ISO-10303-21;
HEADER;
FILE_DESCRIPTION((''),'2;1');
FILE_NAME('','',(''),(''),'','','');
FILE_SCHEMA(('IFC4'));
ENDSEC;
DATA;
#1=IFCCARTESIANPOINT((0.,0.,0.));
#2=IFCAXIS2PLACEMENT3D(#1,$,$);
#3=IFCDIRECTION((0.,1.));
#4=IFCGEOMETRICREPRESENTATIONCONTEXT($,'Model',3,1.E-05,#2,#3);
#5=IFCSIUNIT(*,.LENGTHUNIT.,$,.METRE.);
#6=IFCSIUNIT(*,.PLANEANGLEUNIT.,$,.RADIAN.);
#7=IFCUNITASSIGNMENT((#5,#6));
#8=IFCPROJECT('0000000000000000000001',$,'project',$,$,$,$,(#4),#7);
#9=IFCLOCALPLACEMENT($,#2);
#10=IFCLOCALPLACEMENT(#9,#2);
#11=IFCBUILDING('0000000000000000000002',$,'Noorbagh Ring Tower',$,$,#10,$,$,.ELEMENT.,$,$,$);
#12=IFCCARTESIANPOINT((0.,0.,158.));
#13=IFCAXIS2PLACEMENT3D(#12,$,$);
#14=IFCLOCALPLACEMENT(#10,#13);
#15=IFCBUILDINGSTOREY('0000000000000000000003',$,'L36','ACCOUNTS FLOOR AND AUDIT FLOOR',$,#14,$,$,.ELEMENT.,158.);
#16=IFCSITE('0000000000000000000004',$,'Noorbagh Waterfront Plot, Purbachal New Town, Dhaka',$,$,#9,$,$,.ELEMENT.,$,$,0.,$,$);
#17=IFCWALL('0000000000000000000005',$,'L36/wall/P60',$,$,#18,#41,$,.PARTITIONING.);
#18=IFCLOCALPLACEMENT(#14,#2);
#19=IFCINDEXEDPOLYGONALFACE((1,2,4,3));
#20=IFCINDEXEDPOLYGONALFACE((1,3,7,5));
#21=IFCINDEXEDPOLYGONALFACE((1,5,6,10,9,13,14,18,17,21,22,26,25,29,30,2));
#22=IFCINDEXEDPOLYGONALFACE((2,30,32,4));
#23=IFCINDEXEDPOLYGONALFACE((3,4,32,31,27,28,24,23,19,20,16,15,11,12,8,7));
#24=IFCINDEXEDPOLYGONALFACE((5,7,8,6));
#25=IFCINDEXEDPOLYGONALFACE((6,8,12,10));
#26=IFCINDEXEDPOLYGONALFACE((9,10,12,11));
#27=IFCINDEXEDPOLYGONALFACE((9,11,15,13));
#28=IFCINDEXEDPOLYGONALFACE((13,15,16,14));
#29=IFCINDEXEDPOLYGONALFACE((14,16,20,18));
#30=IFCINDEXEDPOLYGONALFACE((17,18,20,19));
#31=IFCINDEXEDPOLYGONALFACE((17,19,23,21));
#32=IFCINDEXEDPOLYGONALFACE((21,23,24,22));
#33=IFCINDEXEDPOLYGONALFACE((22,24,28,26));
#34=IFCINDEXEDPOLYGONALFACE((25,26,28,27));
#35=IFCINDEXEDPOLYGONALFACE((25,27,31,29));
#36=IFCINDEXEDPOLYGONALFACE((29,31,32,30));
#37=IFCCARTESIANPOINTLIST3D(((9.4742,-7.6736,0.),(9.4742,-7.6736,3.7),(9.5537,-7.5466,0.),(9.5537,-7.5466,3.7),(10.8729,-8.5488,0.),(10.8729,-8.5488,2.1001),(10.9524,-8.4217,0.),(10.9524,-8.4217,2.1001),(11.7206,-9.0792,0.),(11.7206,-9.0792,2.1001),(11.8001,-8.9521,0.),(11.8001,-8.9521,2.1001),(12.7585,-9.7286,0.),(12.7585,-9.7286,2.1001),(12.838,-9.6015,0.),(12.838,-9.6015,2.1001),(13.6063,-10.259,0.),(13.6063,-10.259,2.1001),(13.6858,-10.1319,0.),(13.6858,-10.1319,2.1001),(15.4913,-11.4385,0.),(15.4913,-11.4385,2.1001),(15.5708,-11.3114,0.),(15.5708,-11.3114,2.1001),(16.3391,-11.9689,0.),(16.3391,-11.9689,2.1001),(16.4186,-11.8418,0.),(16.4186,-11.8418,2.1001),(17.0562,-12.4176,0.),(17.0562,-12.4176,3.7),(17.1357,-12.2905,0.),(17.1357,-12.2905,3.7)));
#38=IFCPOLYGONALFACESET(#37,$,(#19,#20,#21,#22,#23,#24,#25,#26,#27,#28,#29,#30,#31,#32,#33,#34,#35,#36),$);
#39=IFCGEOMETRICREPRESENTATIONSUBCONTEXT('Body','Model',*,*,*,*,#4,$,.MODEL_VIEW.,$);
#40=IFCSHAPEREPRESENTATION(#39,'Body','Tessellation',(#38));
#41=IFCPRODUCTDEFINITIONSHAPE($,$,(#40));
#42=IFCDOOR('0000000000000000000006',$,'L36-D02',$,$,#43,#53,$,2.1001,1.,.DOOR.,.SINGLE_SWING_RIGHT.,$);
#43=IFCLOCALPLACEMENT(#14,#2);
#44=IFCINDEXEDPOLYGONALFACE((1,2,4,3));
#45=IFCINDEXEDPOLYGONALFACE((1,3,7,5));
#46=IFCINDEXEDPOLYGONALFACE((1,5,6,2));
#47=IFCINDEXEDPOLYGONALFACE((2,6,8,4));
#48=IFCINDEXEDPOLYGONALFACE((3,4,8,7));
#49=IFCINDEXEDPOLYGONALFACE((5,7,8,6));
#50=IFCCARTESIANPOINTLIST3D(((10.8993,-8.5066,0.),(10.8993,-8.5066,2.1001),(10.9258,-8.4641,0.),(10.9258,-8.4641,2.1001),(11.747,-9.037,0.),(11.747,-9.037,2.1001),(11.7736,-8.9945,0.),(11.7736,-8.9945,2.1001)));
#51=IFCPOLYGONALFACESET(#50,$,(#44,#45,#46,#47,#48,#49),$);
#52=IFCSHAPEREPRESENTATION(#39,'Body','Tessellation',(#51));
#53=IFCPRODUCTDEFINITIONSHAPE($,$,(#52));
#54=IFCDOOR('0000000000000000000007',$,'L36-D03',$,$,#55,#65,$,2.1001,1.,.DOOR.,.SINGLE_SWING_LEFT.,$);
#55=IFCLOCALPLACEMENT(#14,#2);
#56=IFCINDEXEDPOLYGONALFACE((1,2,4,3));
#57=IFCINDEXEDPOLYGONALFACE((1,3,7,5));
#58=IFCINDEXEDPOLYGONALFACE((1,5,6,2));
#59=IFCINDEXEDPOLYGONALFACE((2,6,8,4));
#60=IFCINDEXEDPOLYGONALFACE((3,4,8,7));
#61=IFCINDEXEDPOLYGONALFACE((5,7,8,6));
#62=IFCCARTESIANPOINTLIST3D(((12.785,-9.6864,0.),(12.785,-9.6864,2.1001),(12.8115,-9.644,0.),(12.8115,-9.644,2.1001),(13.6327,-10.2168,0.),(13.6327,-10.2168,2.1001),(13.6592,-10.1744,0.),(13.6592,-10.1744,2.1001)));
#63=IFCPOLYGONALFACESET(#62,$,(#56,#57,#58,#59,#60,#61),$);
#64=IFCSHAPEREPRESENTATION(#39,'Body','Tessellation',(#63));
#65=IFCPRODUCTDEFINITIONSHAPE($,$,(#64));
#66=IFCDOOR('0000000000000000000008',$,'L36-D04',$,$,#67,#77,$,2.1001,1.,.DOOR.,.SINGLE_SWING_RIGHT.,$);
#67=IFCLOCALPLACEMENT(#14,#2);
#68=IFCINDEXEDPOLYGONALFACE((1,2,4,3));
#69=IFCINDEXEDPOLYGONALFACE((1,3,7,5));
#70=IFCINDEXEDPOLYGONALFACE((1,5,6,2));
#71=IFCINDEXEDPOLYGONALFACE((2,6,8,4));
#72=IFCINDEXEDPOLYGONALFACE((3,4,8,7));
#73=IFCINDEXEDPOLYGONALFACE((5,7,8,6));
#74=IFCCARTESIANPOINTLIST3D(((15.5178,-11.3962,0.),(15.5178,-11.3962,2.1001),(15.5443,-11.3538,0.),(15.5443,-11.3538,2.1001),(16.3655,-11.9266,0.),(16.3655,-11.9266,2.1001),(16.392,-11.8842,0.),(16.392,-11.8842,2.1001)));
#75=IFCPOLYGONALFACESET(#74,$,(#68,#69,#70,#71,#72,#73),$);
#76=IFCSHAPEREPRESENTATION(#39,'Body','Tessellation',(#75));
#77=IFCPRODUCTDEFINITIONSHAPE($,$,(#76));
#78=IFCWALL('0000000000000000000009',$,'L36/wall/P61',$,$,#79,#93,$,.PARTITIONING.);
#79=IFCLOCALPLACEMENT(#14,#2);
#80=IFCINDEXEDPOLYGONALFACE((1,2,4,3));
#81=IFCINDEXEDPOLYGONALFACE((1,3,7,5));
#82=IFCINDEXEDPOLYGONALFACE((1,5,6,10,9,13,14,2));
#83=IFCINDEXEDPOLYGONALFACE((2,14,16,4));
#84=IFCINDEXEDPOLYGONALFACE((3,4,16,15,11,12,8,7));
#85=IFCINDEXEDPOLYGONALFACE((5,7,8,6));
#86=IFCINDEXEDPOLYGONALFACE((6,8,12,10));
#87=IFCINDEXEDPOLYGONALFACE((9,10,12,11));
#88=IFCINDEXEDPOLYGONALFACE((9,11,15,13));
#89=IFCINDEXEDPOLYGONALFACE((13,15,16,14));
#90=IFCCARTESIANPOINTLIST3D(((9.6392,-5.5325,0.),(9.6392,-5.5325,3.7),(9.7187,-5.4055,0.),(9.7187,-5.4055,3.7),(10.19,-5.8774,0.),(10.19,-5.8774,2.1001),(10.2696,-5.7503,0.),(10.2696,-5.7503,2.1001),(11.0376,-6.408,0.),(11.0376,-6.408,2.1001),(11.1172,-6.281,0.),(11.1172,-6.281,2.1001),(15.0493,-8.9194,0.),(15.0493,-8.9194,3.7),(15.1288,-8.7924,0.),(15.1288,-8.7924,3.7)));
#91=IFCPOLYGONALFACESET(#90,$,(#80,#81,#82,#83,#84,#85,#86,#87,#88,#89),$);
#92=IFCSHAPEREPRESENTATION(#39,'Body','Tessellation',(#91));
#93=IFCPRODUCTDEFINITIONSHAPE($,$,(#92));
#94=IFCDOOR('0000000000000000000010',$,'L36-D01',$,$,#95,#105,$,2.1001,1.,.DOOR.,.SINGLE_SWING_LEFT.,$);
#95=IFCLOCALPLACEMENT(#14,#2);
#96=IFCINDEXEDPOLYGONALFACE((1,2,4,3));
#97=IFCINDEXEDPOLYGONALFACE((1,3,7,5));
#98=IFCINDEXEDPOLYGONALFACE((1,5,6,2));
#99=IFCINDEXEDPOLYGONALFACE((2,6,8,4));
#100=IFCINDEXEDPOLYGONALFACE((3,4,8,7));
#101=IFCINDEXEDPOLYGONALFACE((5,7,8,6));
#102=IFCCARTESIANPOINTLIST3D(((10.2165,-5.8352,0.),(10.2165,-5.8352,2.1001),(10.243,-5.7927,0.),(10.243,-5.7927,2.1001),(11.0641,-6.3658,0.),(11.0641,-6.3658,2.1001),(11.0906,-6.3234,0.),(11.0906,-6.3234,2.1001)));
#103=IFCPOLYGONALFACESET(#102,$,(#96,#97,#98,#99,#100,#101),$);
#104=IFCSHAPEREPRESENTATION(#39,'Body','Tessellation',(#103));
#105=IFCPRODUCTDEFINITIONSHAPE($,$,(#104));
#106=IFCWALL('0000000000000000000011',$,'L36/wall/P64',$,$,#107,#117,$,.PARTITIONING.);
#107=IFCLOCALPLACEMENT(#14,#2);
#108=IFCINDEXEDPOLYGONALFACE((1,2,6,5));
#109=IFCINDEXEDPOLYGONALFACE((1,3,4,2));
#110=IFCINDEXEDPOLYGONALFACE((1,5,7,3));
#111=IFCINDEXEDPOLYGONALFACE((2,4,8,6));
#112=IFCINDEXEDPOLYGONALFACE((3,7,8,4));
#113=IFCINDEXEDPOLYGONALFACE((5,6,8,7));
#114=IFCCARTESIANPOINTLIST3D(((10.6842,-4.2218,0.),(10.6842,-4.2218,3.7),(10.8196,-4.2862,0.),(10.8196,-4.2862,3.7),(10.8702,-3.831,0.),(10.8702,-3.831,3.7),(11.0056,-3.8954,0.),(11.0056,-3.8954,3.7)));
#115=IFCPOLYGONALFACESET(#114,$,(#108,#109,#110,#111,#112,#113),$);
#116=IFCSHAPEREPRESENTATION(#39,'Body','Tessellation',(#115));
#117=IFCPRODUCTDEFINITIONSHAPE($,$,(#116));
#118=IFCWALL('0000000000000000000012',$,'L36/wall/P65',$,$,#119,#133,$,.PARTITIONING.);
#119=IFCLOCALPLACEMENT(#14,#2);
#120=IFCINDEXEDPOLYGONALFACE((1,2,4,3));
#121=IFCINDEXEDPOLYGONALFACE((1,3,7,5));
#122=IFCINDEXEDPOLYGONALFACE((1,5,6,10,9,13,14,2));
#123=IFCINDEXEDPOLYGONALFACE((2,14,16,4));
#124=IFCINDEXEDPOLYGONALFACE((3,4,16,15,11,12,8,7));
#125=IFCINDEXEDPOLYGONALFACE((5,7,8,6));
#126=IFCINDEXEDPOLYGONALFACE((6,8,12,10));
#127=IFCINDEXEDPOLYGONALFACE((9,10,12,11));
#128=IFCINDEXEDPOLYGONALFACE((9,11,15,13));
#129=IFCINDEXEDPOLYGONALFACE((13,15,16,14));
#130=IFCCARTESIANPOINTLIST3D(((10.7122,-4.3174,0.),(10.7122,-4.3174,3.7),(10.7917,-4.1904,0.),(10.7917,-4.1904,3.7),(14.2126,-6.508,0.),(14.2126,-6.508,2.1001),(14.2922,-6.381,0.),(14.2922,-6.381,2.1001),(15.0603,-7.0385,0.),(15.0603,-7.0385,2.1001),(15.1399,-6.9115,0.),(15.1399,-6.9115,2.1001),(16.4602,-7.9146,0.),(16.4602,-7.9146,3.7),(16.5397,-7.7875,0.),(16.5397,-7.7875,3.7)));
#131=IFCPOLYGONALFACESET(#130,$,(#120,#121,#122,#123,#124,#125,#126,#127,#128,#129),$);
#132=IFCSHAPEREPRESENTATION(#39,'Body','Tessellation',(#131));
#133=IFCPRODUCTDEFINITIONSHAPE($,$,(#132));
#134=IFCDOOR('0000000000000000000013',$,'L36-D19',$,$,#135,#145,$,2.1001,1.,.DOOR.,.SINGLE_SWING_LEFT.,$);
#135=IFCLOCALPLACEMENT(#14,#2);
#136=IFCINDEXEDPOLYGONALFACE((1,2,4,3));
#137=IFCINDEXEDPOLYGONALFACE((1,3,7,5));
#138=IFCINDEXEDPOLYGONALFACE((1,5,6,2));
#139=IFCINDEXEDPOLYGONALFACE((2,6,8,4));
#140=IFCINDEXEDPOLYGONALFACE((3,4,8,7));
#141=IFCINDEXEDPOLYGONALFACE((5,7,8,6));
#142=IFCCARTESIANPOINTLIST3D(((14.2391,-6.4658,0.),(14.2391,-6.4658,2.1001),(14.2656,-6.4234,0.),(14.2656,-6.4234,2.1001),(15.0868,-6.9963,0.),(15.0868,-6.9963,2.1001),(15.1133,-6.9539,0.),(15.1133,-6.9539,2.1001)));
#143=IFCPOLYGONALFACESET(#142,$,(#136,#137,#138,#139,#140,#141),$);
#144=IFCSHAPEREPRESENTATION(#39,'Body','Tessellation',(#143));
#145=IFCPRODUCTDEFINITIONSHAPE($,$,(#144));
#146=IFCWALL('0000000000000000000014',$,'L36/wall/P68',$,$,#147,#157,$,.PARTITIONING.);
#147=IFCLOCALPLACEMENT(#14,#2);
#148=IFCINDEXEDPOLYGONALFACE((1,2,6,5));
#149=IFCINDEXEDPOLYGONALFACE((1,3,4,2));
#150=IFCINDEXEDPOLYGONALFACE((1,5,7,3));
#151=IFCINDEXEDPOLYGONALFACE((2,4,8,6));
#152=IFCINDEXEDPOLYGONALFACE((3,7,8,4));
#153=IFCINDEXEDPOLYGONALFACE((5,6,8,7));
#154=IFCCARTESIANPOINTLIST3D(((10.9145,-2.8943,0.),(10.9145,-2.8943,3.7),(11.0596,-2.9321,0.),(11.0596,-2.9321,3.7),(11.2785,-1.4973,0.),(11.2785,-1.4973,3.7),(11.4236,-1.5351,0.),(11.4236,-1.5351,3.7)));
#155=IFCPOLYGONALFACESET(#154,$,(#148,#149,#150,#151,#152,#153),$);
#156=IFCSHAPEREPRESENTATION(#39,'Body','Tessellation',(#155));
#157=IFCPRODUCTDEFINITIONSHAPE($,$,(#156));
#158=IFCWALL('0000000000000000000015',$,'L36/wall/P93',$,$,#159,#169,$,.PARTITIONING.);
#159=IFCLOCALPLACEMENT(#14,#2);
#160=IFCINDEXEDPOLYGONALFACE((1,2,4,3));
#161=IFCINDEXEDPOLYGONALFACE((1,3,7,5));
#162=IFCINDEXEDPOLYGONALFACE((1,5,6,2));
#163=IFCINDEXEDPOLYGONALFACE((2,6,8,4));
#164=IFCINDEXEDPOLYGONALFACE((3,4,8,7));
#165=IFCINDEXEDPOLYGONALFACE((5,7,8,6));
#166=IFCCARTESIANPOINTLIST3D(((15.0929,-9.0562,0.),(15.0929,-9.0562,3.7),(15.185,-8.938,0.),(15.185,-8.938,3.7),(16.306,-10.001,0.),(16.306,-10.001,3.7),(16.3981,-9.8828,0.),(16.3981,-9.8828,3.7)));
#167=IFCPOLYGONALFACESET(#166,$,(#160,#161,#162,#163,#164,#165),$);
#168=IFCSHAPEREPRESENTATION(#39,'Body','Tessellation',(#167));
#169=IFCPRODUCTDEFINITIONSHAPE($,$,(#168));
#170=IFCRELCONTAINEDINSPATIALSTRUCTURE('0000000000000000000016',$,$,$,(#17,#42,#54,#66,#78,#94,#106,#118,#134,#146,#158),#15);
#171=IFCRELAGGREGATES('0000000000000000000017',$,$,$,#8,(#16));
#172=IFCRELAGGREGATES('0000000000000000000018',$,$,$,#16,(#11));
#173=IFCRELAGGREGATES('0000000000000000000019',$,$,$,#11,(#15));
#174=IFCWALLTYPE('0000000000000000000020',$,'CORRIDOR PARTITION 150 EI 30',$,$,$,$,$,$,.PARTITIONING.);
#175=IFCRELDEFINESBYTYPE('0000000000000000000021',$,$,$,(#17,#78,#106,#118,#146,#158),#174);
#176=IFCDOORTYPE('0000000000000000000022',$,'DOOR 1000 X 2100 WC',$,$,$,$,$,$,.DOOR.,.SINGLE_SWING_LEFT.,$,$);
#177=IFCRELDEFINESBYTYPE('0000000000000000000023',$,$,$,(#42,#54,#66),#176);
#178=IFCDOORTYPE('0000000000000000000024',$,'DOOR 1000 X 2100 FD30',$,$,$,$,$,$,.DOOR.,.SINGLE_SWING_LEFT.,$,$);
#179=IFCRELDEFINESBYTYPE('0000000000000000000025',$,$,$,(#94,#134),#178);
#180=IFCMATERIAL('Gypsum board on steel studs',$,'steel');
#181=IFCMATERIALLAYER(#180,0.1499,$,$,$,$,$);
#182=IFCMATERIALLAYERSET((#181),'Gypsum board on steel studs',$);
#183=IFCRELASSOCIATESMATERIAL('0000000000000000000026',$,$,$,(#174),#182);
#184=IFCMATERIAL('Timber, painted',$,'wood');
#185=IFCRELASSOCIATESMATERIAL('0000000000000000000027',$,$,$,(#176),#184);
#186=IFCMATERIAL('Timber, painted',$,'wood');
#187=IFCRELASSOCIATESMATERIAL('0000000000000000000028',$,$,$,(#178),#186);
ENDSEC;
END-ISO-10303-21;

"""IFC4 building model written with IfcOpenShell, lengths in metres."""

from ifc_helpers import new_model, si_unit, direction, frame, frame_2d, origin, place, context, subcontext, project, spatial, rectangle, extrude, material, layer, layer_set, type_object, element, fill, save


model = new_model("IFC4")

# Units and contexts
model_context = context("Model", 3, precision=1e-05, world=origin(), true_north=direction((0.0, 1.0)))
body_context = subcontext(model_context, "Body", "Model", "MODEL_VIEW")
ifc_project = project(units=[si_unit("LENGTHUNIT", "METRE"), si_unit("PLANEANGLEUNIT", "RADIAN")], contexts=[model_context])

# Site, building, storey
site_placement = place(None, origin())
site = spatial("IfcSite", under=ifc_project, at=site_placement, Name="Noorbagh Waterfront Plot, Purbachal New Town, Dhaka", CompositionType="ELEMENT", RefElevation=0.0)
building_placement = place(site_placement, origin())
building = spatial("IfcBuilding", under=site, at=building_placement, Name="Noorbagh Ring Tower", CompositionType="ELEMENT")
storey_placement = place(building_placement, frame((0.0, 0.0, 158.0)))
storey = spatial("IfcBuildingStorey", under=building, at=storey_placement, Name="L36", Description="ACCOUNTS FLOOR AND AUDIT FLOOR", CompositionType="ELEMENT", Elevation=158.0)

# Shared definitions
ifc_material_1 = material(Name="Gypsum board on steel studs", Category="steel")
ifc_layer_1 = layer(ifc_material_1, 0.1499)
ifc_layer_set_1 = layer_set([ifc_layer_1], Name="Gypsum board on steel studs")
wall_type_1 = type_object("IfcWallType", Name="CORRIDOR PARTITION 150 EI 30", PredefinedType="PARTITIONING", material=ifc_layer_set_1)

# Wall, openings, doors
wall_1_placement = place(storey_placement, frame((9.5139, -7.6101, 0.0), z_axis=(0.0, 0.0, 1.0), x_axis=(0.847741, -0.530411, 0.0)))
wall_1 = element("IfcWall", 1, at=wall_1_placement, inside=storey, type_object=wall_type_1, Name="L36/wall/P60", PredefinedType="PARTITIONING", context=body_context, shape_type="SweptSolid", body=[
    extrude(rectangle(XDim=8.9438, YDim=0.1499, at=frame_2d((4.4719, 0.0))), origin(), (0.0, 0.0, 1.0), 3.7),
])
opening_1_placement = place(wall_1_placement, frame((1.6499, 0.0, 0.0)))
opening_1 = element("IfcOpeningElement", 2, at=opening_1_placement, cuts=wall_1, PredefinedType="OPENING", context=body_context, shape_type="SweptSolid", body=[
    extrude(rectangle(XDim=1.0, YDim=2.1001, at=frame_2d((0.5, 1.05))), frame((0.0, 0.085, 0.0), z_axis=(0.0, -1.0, 0.0), x_axis=(1.0, 0.0, 0.0)), (0.0, 0.0, 1.0), 0.1699),
])
opening_2_placement = place(wall_1_placement, frame((3.8743, 0.0, 0.0)))
opening_2 = element("IfcOpeningElement", 3, at=opening_2_placement, cuts=wall_1, PredefinedType="OPENING", context=body_context, shape_type="SweptSolid", body=[
    extrude(rectangle(XDim=1.0, YDim=2.1001, at=frame_2d((0.5, 1.05))), frame((0.0, 0.085, 0.0), z_axis=(0.0, -1.0, 0.0), x_axis=(1.0, 0.0, 0.0)), (0.0, 0.0, 1.0), 0.1699),
])
opening_3_placement = place(wall_1_placement, frame((7.0979, 0.0, 0.0)))
opening_3 = element("IfcOpeningElement", 4, at=opening_3_placement, cuts=wall_1, PredefinedType="OPENING", context=body_context, shape_type="SweptSolid", body=[
    extrude(rectangle(XDim=1.0, YDim=2.1001, at=frame_2d((0.5, 1.05))), frame((0.0, 0.085, 0.0), z_axis=(0.0, -1.0, 0.0), x_axis=(1.0, 0.0, 0.0)), (0.0, 0.0, 1.0), 0.1699),
])
ifc_material_2 = material(Name="Timber, painted", Category="wood")
door_type_1 = type_object("IfcDoorType", Name="DOOR 1000 X 2100 WC", OperationType="SINGLE_SWING_LEFT", PredefinedType="DOOR", material=ifc_material_2)
door_1_placement = place(opening_1_placement, origin())
door_1 = element("IfcDoor", 5, at=door_1_placement, inside=storey, type_object=door_type_1, Name="L36-D02", OperationType="SINGLE_SWING_RIGHT", OverallHeight=2.1001, OverallWidth=1.0, PredefinedType="DOOR", context=body_context, shape_type="SweptSolid", body=[
    extrude(rectangle(XDim=1.0, YDim=2.1001, at=frame_2d((0.5, 1.05))), frame((0.0, 0.0249, 0.0), z_axis=(0.0, -1.0, 0.0), x_axis=(1.0, 0.0, 0.0)), (0.0, 0.0, 1.0), 0.05),
])
fill(opening_1, door_1)
door_2_placement = place(opening_2_placement, origin())
door_2 = element("IfcDoor", 6, at=door_2_placement, inside=storey, type_object=door_type_1, Name="L36-D03", OperationType="SINGLE_SWING_LEFT", OverallHeight=2.1001, OverallWidth=1.0, PredefinedType="DOOR", context=body_context, shape_type="SweptSolid", body=[
    extrude(rectangle(XDim=1.0, YDim=2.1001, at=frame_2d((0.5, 1.05))), frame((0.0, 0.0249, 0.0), z_axis=(0.0, -1.0, 0.0), x_axis=(1.0, 0.0, 0.0)), (0.0, 0.0, 1.0), 0.05),
])
fill(opening_2, door_2)
door_3_placement = place(opening_3_placement, origin())
door_3 = element("IfcDoor", 7, at=door_3_placement, inside=storey, type_object=door_type_1, Name="L36-D04", OperationType="SINGLE_SWING_RIGHT", OverallHeight=2.1001, OverallWidth=1.0, PredefinedType="DOOR", context=body_context, shape_type="SweptSolid", body=[
    extrude(rectangle(XDim=1.0, YDim=2.1001, at=frame_2d((0.5, 1.05))), frame((0.0, 0.0249, 0.0), z_axis=(0.0, -1.0, 0.0), x_axis=(1.0, 0.0, 0.0)), (0.0, 0.0, 1.0), 0.05),
])
fill(opening_3, door_3)

# Wall, opening, door
wall_2_placement = place(storey_placement, frame((9.679, -5.469, 0.0), z_axis=(0.0, 0.0, 1.0), x_axis=(0.847603, -0.530631, 0.0)))
wall_2 = element("IfcWall", 8, at=wall_2_placement, inside=storey, type_object=wall_type_1, Name="L36/wall/P61", PredefinedType="PARTITIONING", context=body_context, shape_type="SweptSolid", body=[
    extrude(rectangle(XDim=6.3828, YDim=0.1499, at=frame_2d((3.1914, 0.0))), origin(), (0.0, 0.0, 1.0), 3.7),
])
opening_4_placement = place(wall_2_placement, frame((0.6499, 0.0, 0.0)))
opening_4 = element("IfcOpeningElement", 9, at=opening_4_placement, cuts=wall_2, PredefinedType="OPENING", context=body_context, shape_type="SweptSolid", body=[
    extrude(rectangle(XDim=1.0, YDim=2.1001, at=frame_2d((0.5, 1.05))), frame((0.0, 0.085, 0.0), z_axis=(0.0, -1.0, 0.0), x_axis=(1.0, 0.0, 0.0)), (0.0, 0.0, 1.0), 0.1699),
])
ifc_material_3 = material(Name="Timber, painted", Category="wood")
door_type_2 = type_object("IfcDoorType", Name="DOOR 1000 X 2100 FD30", OperationType="SINGLE_SWING_LEFT", PredefinedType="DOOR", material=ifc_material_3)
door_4_placement = place(opening_4_placement, origin())
door_4 = element("IfcDoor", 10, at=door_4_placement, inside=storey, type_object=door_type_2, Name="L36-D01", OperationType="SINGLE_SWING_LEFT", OverallHeight=2.1001, OverallWidth=1.0, PredefinedType="DOOR", context=body_context, shape_type="SweptSolid", body=[
    extrude(rectangle(XDim=1.0, YDim=2.1001, at=frame_2d((0.5, 1.05))), frame((0.0, 0.0249, 0.0), z_axis=(0.0, -1.0, 0.0), x_axis=(1.0, 0.0, 0.0)), (0.0, 0.0, 1.0), 0.05),
])
fill(opening_4, door_4)

# Wall
wall_3_placement = place(storey_placement, frame((10.752, -4.2539, 0.0), z_axis=(0.0, 0.0, 1.0), x_axis=(0.429758, 0.902944, 0.0)))
element("IfcWall", 11, at=wall_3_placement, inside=storey, type_object=wall_type_1, Name="L36/wall/P64", PredefinedType="PARTITIONING", context=body_context, shape_type="SweptSolid", body=[
    extrude(rectangle(XDim=0.4329, YDim=0.1499, at=frame_2d((0.2163, 0.0))), origin(), (0.0, 0.0, 1.0), 3.7),
])

# Wall, opening, door
wall_4_placement = place(storey_placement, frame((10.752, -4.2539, 0.0), z_axis=(0.0, 0.0, 1.0), x_axis=(0.847691, -0.530491, 0.0)))
wall_4 = element("IfcWall", 12, at=wall_4_placement, inside=storey, type_object=wall_type_1, Name="L36/wall/P65", PredefinedType="PARTITIONING", context=body_context, shape_type="SweptSolid", body=[
    extrude(rectangle(XDim=6.7808, YDim=0.1499, at=frame_2d((3.3904, 0.0))), origin(), (0.0, 0.0, 1.0), 3.7),
])
opening_5_placement = place(wall_4_placement, frame((4.1294, 0.0, 0.0)))
opening_5 = element("IfcOpeningElement", 13, at=opening_5_placement, cuts=wall_4, PredefinedType="OPENING", context=body_context, shape_type="SweptSolid", body=[
    extrude(rectangle(XDim=1.0, YDim=2.1001, at=frame_2d((0.5, 1.05))), frame((0.0, 0.085, 0.0), z_axis=(0.0, -1.0, 0.0), x_axis=(1.0, 0.0, 0.0)), (0.0, 0.0, 1.0), 0.1699),
])
door_5_placement = place(opening_5_placement, origin())
door_5 = element("IfcDoor", 14, at=door_5_placement, inside=storey, type_object=door_type_2, Name="L36-D19", OperationType="SINGLE_SWING_LEFT", OverallHeight=2.1001, OverallWidth=1.0, PredefinedType="DOOR", context=body_context, shape_type="SweptSolid", body=[
    extrude(rectangle(XDim=1.0, YDim=2.1001, at=frame_2d((0.5, 1.05))), frame((0.0, 0.0249, 0.0), z_axis=(0.0, -1.0, 0.0), x_axis=(1.0, 0.0, 0.0)), (0.0, 0.0, 1.0), 0.05),
])
fill(opening_5, door_5)

# Walls
wall_5_placement = place(storey_placement, frame((10.9871, -2.9131, 0.0), z_axis=(0.0, 0.0, 1.0), x_axis=(0.252153, 0.967687, 0.0)))
element("IfcWall", 15, at=wall_5_placement, inside=storey, type_object=wall_type_1, Name="L36/wall/P68", PredefinedType="PARTITIONING", context=body_context, shape_type="SweptSolid", body=[
    extrude(rectangle(XDim=1.4436, YDim=0.1499, at=frame_2d((0.7217, 0.0))), origin(), (0.0, 0.0, 1.0), 3.7),
])
wall_6_placement = place(storey_placement, frame((16.3521, -9.9419, 0.0), z_axis=(0.0, 0.0, 1.0), x_axis=(-0.78895, 0.614457, 0.0)))
element("IfcWall", 16, at=wall_6_placement, inside=storey, type_object=wall_type_1, Name="L36/wall/P93", PredefinedType="PARTITIONING", context=body_context, shape_type="SweptSolid", body=[
    extrude(rectangle(XDim=1.5376, YDim=0.1499, at=frame_2d((0.7688, 0.0))), origin(), (0.0, 0.0, 1.0), 3.7),
])

save(model, "model.ifc")
